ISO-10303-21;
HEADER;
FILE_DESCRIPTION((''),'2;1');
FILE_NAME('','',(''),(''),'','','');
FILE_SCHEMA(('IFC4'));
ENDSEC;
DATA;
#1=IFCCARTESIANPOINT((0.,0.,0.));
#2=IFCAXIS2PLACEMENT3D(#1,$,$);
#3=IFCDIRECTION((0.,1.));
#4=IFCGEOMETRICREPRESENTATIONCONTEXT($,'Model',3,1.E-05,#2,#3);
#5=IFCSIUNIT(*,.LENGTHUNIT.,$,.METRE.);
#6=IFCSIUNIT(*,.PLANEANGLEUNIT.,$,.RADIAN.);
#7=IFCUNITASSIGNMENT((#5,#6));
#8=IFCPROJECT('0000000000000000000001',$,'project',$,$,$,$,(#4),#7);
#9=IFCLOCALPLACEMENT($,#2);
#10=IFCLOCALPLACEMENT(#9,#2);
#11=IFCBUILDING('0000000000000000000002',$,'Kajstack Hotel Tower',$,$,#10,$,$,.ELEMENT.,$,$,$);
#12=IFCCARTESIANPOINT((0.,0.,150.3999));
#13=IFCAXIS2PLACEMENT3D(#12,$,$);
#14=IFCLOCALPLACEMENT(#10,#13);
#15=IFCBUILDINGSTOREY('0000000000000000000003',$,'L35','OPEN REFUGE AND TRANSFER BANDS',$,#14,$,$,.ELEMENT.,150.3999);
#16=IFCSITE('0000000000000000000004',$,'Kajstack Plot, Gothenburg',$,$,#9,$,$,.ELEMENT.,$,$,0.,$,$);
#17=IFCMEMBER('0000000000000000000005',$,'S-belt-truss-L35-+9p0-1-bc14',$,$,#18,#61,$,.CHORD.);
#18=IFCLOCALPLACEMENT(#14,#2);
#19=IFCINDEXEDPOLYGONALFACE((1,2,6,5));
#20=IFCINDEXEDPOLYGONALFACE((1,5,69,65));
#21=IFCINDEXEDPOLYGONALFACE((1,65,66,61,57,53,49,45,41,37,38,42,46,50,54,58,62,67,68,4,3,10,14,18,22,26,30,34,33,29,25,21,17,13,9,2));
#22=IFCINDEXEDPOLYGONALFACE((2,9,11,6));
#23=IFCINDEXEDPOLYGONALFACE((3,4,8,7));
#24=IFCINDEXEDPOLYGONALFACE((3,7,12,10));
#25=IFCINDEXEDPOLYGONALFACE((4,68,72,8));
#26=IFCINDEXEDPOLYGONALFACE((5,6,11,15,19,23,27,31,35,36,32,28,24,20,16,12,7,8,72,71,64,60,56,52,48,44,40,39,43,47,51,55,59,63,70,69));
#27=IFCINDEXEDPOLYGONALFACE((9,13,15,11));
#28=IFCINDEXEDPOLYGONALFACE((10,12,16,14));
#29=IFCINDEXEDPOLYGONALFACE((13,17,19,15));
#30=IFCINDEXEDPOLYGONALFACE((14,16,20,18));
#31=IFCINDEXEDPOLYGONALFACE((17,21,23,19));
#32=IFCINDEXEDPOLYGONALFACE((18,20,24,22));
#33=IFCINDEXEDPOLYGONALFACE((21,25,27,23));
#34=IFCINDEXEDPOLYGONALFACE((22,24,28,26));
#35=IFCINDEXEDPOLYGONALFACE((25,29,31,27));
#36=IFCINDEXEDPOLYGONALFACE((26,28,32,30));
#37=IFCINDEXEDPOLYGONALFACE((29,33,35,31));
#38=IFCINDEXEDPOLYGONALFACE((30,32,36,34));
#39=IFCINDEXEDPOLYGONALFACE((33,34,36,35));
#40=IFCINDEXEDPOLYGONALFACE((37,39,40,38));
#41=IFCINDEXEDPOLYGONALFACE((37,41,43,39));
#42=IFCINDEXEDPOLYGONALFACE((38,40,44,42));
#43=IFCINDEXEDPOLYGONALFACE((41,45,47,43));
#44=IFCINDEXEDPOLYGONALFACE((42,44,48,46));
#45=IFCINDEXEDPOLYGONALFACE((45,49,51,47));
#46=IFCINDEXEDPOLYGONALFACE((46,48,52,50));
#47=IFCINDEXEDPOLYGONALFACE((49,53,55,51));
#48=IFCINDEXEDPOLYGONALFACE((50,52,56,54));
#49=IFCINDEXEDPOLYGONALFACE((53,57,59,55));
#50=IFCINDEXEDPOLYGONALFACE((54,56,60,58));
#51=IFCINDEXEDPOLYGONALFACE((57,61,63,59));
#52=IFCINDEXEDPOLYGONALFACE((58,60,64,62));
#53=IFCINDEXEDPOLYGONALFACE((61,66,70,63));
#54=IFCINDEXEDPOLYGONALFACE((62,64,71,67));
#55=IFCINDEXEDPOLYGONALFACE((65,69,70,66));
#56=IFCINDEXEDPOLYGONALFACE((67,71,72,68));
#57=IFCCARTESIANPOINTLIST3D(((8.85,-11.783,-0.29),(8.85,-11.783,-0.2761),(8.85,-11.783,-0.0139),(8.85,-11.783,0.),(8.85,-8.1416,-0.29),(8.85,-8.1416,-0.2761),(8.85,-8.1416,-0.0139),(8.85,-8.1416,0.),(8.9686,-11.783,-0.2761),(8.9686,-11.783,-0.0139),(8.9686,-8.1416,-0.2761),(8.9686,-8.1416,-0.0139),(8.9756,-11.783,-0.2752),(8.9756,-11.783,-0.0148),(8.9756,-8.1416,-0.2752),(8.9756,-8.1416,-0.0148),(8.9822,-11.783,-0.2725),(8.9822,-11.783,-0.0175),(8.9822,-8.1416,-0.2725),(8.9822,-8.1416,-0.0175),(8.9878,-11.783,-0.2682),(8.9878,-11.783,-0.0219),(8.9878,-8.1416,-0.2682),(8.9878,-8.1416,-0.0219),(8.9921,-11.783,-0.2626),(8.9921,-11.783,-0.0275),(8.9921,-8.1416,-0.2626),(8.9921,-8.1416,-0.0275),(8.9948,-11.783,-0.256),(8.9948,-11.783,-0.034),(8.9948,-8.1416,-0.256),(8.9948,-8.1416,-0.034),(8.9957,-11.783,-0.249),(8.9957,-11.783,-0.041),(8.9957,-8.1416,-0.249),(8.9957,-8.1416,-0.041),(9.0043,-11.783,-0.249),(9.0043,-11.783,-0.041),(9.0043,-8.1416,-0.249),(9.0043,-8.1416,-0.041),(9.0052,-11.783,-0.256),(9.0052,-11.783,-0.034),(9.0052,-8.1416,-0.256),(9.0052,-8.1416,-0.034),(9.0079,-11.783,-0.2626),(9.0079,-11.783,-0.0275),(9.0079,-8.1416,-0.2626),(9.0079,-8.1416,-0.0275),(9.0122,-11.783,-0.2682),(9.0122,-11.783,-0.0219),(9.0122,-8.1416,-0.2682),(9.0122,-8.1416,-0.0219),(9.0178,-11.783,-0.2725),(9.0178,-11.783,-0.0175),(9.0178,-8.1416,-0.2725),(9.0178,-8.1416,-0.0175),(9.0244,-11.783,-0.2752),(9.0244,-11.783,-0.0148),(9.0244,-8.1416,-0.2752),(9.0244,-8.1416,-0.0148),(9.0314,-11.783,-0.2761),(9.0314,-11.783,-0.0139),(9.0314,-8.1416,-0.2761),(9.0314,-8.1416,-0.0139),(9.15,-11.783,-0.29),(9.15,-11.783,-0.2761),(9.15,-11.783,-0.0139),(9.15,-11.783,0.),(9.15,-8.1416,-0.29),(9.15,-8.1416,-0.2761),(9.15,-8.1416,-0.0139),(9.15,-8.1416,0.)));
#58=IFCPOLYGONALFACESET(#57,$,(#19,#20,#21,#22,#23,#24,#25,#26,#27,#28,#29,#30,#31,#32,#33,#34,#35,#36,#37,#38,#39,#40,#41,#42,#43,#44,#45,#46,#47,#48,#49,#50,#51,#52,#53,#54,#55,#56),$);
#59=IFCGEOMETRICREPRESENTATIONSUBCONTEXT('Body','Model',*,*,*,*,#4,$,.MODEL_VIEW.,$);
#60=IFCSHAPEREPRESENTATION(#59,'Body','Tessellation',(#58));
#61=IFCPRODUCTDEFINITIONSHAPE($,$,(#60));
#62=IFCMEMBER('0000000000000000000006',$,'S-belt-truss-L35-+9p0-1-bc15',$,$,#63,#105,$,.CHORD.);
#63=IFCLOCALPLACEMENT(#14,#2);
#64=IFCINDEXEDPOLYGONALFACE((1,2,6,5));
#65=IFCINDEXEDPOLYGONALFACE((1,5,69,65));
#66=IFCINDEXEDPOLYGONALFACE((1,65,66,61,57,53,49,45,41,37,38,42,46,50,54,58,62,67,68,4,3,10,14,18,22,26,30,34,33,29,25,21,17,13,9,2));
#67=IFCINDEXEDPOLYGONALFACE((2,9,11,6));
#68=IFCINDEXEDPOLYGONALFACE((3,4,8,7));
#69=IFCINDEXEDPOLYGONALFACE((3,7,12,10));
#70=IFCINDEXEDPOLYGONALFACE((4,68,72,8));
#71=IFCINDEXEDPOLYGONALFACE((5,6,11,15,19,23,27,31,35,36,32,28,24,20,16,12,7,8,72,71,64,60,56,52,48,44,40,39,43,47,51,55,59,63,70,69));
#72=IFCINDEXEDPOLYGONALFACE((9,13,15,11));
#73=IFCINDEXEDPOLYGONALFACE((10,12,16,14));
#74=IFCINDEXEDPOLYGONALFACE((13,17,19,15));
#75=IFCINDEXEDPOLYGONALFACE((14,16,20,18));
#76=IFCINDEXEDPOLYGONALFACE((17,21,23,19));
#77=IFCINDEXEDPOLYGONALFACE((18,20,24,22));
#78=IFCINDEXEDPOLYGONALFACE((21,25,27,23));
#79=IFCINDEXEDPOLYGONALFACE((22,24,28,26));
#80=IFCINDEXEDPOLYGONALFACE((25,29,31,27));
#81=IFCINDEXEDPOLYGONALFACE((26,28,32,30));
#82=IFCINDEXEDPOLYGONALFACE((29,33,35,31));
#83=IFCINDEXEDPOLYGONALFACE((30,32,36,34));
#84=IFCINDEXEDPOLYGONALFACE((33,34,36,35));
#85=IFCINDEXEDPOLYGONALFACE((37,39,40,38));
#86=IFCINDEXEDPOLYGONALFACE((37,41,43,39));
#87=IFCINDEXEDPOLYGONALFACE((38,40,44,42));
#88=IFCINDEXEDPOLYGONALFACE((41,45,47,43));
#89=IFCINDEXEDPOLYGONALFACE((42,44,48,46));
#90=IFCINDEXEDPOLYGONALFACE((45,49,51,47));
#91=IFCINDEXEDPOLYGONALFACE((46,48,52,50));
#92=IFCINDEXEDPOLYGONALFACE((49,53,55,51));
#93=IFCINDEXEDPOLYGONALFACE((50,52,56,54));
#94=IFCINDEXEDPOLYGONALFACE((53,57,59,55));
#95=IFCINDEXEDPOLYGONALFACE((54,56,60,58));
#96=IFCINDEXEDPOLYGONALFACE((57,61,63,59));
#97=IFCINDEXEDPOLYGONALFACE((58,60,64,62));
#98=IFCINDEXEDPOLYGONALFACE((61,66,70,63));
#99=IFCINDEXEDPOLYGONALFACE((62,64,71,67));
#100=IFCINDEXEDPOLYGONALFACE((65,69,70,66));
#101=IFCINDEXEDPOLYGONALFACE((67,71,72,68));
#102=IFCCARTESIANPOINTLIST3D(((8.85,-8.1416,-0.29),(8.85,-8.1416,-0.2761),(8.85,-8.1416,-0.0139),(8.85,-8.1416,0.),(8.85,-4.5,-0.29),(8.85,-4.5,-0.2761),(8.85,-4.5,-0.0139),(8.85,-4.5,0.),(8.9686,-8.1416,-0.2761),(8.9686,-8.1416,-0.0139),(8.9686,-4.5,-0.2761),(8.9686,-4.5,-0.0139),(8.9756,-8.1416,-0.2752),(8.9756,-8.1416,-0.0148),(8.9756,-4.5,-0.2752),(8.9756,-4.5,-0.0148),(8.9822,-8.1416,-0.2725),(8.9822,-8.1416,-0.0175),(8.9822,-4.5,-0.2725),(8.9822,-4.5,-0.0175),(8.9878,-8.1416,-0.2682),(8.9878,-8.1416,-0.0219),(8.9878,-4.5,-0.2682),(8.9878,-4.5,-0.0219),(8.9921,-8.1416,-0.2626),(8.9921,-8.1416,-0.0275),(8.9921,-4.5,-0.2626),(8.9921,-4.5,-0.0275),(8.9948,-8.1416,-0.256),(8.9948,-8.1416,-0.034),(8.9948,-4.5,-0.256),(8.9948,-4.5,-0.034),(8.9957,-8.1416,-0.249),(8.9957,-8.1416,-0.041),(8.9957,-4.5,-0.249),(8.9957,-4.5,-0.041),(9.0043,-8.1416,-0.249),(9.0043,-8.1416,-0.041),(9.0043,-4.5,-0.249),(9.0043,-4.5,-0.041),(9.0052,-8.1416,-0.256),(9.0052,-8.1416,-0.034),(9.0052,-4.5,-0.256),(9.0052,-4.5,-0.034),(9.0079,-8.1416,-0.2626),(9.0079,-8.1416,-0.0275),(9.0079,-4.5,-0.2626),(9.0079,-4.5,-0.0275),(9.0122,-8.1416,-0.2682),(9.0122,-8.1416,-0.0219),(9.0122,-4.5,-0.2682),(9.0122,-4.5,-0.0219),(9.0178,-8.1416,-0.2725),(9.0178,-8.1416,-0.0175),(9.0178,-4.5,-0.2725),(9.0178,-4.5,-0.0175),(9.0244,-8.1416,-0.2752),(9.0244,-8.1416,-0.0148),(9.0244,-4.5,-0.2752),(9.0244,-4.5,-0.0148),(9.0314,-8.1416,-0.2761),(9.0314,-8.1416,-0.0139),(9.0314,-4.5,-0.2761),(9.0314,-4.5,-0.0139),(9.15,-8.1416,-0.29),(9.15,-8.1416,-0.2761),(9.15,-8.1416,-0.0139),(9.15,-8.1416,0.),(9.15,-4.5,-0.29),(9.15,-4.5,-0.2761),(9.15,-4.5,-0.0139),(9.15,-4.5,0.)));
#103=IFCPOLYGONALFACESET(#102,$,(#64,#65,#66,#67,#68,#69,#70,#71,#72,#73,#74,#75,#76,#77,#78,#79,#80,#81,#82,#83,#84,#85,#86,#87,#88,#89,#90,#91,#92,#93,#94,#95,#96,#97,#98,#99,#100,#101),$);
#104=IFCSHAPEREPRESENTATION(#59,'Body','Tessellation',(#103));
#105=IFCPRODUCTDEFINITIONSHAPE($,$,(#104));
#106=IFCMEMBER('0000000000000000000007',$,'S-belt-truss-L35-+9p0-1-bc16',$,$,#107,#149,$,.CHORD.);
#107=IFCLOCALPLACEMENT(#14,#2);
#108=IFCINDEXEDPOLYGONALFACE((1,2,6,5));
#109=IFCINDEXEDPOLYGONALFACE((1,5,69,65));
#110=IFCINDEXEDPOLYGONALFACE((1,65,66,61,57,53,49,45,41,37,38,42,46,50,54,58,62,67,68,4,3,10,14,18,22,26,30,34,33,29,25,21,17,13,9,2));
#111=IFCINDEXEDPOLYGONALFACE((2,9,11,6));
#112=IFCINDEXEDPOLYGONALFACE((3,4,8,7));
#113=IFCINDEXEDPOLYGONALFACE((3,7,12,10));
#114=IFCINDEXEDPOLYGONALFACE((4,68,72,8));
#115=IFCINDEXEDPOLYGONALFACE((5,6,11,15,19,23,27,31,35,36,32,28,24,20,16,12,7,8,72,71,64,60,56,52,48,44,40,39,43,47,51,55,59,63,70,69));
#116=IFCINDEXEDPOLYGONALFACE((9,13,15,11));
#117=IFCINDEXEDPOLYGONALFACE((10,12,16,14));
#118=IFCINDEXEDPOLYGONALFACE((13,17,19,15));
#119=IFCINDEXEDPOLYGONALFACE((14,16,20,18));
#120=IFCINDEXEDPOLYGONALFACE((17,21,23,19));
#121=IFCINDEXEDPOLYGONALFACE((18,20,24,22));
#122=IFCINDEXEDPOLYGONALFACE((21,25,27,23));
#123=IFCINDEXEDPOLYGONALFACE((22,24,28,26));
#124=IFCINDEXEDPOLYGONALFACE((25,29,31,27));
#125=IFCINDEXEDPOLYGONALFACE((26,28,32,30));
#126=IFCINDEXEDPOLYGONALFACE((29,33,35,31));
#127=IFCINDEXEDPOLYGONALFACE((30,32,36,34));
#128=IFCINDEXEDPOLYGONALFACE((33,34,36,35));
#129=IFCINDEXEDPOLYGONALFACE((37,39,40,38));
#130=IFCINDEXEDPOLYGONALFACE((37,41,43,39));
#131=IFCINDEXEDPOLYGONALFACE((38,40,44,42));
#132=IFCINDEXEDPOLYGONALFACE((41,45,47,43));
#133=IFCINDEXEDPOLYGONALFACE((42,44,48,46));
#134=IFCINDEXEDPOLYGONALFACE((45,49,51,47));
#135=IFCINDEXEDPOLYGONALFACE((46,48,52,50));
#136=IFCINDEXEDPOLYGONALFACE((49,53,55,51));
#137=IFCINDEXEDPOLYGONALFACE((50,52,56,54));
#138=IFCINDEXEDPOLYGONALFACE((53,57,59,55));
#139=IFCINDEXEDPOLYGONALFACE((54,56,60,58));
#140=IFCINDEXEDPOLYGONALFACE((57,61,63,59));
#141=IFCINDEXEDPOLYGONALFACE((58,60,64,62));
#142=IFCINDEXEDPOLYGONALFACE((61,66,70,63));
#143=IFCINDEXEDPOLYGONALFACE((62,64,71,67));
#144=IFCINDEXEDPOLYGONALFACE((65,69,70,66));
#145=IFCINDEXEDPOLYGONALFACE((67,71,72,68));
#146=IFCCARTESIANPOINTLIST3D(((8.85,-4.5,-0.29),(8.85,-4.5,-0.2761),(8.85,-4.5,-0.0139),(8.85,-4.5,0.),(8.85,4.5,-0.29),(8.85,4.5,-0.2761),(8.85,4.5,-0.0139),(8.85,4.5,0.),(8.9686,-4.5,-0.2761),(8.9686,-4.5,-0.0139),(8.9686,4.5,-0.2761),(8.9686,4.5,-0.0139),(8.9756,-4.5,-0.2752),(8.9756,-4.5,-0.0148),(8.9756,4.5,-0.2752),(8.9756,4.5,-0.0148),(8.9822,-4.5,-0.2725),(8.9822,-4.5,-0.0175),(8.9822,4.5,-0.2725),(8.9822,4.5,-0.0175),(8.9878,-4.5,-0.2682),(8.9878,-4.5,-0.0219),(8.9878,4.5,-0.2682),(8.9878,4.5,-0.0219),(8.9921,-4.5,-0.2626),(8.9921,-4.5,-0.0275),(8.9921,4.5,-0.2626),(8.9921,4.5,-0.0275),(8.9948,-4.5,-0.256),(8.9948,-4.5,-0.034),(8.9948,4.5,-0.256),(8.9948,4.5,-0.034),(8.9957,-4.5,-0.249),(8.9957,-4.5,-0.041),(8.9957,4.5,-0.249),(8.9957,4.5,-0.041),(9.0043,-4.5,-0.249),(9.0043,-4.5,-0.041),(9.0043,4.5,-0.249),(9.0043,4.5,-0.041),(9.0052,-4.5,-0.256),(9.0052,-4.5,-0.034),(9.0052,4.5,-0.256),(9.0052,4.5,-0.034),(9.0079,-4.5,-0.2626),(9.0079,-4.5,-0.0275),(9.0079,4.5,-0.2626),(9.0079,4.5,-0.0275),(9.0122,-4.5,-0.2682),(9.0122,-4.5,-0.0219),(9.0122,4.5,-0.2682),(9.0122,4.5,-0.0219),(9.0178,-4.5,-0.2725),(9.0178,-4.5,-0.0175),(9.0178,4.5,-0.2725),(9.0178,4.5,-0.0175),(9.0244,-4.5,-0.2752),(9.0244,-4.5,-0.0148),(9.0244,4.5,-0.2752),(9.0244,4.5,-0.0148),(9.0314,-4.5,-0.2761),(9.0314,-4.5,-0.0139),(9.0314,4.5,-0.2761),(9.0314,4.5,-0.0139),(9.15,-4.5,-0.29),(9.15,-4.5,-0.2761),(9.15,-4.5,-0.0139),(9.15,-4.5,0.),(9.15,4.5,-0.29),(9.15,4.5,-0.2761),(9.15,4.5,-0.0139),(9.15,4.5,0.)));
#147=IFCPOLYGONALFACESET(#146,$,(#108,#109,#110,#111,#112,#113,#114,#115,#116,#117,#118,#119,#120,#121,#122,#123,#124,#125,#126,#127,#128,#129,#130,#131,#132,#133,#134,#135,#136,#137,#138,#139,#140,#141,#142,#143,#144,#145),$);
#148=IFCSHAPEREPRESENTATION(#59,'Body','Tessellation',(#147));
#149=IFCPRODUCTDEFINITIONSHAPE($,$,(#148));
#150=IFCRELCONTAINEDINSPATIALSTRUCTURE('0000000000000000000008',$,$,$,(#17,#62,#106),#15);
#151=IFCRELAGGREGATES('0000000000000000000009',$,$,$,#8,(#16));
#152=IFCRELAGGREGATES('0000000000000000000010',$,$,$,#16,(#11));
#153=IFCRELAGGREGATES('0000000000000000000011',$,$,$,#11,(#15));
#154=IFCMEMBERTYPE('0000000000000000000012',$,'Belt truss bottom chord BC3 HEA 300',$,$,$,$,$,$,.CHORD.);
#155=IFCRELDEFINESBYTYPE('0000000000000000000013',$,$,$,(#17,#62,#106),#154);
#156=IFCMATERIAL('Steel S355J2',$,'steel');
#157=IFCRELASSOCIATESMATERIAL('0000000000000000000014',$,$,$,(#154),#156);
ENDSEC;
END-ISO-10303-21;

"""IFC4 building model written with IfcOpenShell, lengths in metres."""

from ifc_helpers import new_model, si_unit, direction, frame, origin, origin_2d, place, context, subcontext, project, spatial, i_section, extrude, material, material_profile, profile_set, type_object, element, save


model = new_model("IFC4")

# Units and contexts
model_context = context("Model", 3, precision=1e-05, world=origin(), true_north=direction((0.0, 1.0)))
body_context = subcontext(model_context, "Body", "Model", "MODEL_VIEW")
ifc_project = project(units=[si_unit("LENGTHUNIT", "METRE"), si_unit("PLANEANGLEUNIT", "RADIAN")], contexts=[model_context])

# Site, building, storey
site_placement = place(None, origin())
site = spatial("IfcSite", under=ifc_project, at=site_placement, Name="Kajstack Plot, Gothenburg", CompositionType="ELEMENT", RefElevation=0.0)
building_placement = place(site_placement, origin())
building = spatial("IfcBuilding", under=site, at=building_placement, Name="Kajstack Hotel Tower", CompositionType="ELEMENT")
storey_placement = place(building_placement, frame((0.0, 0.0, 150.3999)))
storey = spatial("IfcBuildingStorey", under=building, at=storey_placement, Name="L35", Description="OPEN REFUGE AND TRANSFER BANDS", CompositionType="ELEMENT", Elevation=150.3999)

# Members
ifc_material = material(Name="Steel S355J2", Category="steel")
ifc_material_profile_1 = material_profile(ifc_material, i_section(OverallWidth=0.3, OverallDepth=0.29, WebThickness=0.0085, FlangeThickness=0.0139, FilletRadius=0.0271, at=origin_2d()), Name="HEA 300")
ifc_profile_set_1 = profile_set([ifc_material_profile_1], Name="Steel S355J2")
member_type_1 = type_object("IfcMemberType", Name="Belt truss bottom chord BC3 HEA 300", PredefinedType="CHORD", material=ifc_profile_set_1)
member_1_placement = place(storey_placement, frame((9.0, -11.783, -0.145), z_axis=(0.0, 1.0, 0.0), x_axis=(-1.0, 0.0, 0.0)))
element("IfcMember", 1, at=member_1_placement, inside=storey, type_object=member_type_1, Name="S-belt-truss-L35-+9p0-1-bc14", PredefinedType="CHORD", context=body_context, shape_type="SweptSolid", body=[
    extrude(i_section(OverallWidth=0.3, OverallDepth=0.29, WebThickness=0.0085, FlangeThickness=0.0139, FilletRadius=0.0271, at=origin_2d()), origin(), (0.0, 0.0, 1.0), 3.6414),
])
member_2_placement = place(storey_placement, frame((9.0, -8.1416, -0.145), z_axis=(0.0, 1.0, 0.0), x_axis=(-1.0, 0.0, 0.0)))
element("IfcMember", 2, at=member_2_placement, inside=storey, type_object=member_type_1, Name="S-belt-truss-L35-+9p0-1-bc15", PredefinedType="CHORD", context=body_context, shape_type="SweptSolid", body=[
    extrude(i_section(OverallWidth=0.3, OverallDepth=0.29, WebThickness=0.0085, FlangeThickness=0.0139, FilletRadius=0.0271, at=origin_2d()), origin(), (0.0, 0.0, 1.0), 3.6416),
])
member_3_placement = place(storey_placement, frame((9.0, -4.5, -0.145), z_axis=(0.0, 1.0, 0.0), x_axis=(-1.0, 0.0, 0.0)))
element("IfcMember", 3, at=member_3_placement, inside=storey, type_object=member_type_1, Name="S-belt-truss-L35-+9p0-1-bc16", PredefinedType="CHORD", context=body_context, shape_type="SweptSolid", body=[
    extrude(i_section(OverallWidth=0.3, OverallDepth=0.29, WebThickness=0.0085, FlangeThickness=0.0139, FilletRadius=0.0271, at=origin_2d()), origin(), (0.0, 0.0, 1.0), 9.0),
])

save(model, "model.ifc")
